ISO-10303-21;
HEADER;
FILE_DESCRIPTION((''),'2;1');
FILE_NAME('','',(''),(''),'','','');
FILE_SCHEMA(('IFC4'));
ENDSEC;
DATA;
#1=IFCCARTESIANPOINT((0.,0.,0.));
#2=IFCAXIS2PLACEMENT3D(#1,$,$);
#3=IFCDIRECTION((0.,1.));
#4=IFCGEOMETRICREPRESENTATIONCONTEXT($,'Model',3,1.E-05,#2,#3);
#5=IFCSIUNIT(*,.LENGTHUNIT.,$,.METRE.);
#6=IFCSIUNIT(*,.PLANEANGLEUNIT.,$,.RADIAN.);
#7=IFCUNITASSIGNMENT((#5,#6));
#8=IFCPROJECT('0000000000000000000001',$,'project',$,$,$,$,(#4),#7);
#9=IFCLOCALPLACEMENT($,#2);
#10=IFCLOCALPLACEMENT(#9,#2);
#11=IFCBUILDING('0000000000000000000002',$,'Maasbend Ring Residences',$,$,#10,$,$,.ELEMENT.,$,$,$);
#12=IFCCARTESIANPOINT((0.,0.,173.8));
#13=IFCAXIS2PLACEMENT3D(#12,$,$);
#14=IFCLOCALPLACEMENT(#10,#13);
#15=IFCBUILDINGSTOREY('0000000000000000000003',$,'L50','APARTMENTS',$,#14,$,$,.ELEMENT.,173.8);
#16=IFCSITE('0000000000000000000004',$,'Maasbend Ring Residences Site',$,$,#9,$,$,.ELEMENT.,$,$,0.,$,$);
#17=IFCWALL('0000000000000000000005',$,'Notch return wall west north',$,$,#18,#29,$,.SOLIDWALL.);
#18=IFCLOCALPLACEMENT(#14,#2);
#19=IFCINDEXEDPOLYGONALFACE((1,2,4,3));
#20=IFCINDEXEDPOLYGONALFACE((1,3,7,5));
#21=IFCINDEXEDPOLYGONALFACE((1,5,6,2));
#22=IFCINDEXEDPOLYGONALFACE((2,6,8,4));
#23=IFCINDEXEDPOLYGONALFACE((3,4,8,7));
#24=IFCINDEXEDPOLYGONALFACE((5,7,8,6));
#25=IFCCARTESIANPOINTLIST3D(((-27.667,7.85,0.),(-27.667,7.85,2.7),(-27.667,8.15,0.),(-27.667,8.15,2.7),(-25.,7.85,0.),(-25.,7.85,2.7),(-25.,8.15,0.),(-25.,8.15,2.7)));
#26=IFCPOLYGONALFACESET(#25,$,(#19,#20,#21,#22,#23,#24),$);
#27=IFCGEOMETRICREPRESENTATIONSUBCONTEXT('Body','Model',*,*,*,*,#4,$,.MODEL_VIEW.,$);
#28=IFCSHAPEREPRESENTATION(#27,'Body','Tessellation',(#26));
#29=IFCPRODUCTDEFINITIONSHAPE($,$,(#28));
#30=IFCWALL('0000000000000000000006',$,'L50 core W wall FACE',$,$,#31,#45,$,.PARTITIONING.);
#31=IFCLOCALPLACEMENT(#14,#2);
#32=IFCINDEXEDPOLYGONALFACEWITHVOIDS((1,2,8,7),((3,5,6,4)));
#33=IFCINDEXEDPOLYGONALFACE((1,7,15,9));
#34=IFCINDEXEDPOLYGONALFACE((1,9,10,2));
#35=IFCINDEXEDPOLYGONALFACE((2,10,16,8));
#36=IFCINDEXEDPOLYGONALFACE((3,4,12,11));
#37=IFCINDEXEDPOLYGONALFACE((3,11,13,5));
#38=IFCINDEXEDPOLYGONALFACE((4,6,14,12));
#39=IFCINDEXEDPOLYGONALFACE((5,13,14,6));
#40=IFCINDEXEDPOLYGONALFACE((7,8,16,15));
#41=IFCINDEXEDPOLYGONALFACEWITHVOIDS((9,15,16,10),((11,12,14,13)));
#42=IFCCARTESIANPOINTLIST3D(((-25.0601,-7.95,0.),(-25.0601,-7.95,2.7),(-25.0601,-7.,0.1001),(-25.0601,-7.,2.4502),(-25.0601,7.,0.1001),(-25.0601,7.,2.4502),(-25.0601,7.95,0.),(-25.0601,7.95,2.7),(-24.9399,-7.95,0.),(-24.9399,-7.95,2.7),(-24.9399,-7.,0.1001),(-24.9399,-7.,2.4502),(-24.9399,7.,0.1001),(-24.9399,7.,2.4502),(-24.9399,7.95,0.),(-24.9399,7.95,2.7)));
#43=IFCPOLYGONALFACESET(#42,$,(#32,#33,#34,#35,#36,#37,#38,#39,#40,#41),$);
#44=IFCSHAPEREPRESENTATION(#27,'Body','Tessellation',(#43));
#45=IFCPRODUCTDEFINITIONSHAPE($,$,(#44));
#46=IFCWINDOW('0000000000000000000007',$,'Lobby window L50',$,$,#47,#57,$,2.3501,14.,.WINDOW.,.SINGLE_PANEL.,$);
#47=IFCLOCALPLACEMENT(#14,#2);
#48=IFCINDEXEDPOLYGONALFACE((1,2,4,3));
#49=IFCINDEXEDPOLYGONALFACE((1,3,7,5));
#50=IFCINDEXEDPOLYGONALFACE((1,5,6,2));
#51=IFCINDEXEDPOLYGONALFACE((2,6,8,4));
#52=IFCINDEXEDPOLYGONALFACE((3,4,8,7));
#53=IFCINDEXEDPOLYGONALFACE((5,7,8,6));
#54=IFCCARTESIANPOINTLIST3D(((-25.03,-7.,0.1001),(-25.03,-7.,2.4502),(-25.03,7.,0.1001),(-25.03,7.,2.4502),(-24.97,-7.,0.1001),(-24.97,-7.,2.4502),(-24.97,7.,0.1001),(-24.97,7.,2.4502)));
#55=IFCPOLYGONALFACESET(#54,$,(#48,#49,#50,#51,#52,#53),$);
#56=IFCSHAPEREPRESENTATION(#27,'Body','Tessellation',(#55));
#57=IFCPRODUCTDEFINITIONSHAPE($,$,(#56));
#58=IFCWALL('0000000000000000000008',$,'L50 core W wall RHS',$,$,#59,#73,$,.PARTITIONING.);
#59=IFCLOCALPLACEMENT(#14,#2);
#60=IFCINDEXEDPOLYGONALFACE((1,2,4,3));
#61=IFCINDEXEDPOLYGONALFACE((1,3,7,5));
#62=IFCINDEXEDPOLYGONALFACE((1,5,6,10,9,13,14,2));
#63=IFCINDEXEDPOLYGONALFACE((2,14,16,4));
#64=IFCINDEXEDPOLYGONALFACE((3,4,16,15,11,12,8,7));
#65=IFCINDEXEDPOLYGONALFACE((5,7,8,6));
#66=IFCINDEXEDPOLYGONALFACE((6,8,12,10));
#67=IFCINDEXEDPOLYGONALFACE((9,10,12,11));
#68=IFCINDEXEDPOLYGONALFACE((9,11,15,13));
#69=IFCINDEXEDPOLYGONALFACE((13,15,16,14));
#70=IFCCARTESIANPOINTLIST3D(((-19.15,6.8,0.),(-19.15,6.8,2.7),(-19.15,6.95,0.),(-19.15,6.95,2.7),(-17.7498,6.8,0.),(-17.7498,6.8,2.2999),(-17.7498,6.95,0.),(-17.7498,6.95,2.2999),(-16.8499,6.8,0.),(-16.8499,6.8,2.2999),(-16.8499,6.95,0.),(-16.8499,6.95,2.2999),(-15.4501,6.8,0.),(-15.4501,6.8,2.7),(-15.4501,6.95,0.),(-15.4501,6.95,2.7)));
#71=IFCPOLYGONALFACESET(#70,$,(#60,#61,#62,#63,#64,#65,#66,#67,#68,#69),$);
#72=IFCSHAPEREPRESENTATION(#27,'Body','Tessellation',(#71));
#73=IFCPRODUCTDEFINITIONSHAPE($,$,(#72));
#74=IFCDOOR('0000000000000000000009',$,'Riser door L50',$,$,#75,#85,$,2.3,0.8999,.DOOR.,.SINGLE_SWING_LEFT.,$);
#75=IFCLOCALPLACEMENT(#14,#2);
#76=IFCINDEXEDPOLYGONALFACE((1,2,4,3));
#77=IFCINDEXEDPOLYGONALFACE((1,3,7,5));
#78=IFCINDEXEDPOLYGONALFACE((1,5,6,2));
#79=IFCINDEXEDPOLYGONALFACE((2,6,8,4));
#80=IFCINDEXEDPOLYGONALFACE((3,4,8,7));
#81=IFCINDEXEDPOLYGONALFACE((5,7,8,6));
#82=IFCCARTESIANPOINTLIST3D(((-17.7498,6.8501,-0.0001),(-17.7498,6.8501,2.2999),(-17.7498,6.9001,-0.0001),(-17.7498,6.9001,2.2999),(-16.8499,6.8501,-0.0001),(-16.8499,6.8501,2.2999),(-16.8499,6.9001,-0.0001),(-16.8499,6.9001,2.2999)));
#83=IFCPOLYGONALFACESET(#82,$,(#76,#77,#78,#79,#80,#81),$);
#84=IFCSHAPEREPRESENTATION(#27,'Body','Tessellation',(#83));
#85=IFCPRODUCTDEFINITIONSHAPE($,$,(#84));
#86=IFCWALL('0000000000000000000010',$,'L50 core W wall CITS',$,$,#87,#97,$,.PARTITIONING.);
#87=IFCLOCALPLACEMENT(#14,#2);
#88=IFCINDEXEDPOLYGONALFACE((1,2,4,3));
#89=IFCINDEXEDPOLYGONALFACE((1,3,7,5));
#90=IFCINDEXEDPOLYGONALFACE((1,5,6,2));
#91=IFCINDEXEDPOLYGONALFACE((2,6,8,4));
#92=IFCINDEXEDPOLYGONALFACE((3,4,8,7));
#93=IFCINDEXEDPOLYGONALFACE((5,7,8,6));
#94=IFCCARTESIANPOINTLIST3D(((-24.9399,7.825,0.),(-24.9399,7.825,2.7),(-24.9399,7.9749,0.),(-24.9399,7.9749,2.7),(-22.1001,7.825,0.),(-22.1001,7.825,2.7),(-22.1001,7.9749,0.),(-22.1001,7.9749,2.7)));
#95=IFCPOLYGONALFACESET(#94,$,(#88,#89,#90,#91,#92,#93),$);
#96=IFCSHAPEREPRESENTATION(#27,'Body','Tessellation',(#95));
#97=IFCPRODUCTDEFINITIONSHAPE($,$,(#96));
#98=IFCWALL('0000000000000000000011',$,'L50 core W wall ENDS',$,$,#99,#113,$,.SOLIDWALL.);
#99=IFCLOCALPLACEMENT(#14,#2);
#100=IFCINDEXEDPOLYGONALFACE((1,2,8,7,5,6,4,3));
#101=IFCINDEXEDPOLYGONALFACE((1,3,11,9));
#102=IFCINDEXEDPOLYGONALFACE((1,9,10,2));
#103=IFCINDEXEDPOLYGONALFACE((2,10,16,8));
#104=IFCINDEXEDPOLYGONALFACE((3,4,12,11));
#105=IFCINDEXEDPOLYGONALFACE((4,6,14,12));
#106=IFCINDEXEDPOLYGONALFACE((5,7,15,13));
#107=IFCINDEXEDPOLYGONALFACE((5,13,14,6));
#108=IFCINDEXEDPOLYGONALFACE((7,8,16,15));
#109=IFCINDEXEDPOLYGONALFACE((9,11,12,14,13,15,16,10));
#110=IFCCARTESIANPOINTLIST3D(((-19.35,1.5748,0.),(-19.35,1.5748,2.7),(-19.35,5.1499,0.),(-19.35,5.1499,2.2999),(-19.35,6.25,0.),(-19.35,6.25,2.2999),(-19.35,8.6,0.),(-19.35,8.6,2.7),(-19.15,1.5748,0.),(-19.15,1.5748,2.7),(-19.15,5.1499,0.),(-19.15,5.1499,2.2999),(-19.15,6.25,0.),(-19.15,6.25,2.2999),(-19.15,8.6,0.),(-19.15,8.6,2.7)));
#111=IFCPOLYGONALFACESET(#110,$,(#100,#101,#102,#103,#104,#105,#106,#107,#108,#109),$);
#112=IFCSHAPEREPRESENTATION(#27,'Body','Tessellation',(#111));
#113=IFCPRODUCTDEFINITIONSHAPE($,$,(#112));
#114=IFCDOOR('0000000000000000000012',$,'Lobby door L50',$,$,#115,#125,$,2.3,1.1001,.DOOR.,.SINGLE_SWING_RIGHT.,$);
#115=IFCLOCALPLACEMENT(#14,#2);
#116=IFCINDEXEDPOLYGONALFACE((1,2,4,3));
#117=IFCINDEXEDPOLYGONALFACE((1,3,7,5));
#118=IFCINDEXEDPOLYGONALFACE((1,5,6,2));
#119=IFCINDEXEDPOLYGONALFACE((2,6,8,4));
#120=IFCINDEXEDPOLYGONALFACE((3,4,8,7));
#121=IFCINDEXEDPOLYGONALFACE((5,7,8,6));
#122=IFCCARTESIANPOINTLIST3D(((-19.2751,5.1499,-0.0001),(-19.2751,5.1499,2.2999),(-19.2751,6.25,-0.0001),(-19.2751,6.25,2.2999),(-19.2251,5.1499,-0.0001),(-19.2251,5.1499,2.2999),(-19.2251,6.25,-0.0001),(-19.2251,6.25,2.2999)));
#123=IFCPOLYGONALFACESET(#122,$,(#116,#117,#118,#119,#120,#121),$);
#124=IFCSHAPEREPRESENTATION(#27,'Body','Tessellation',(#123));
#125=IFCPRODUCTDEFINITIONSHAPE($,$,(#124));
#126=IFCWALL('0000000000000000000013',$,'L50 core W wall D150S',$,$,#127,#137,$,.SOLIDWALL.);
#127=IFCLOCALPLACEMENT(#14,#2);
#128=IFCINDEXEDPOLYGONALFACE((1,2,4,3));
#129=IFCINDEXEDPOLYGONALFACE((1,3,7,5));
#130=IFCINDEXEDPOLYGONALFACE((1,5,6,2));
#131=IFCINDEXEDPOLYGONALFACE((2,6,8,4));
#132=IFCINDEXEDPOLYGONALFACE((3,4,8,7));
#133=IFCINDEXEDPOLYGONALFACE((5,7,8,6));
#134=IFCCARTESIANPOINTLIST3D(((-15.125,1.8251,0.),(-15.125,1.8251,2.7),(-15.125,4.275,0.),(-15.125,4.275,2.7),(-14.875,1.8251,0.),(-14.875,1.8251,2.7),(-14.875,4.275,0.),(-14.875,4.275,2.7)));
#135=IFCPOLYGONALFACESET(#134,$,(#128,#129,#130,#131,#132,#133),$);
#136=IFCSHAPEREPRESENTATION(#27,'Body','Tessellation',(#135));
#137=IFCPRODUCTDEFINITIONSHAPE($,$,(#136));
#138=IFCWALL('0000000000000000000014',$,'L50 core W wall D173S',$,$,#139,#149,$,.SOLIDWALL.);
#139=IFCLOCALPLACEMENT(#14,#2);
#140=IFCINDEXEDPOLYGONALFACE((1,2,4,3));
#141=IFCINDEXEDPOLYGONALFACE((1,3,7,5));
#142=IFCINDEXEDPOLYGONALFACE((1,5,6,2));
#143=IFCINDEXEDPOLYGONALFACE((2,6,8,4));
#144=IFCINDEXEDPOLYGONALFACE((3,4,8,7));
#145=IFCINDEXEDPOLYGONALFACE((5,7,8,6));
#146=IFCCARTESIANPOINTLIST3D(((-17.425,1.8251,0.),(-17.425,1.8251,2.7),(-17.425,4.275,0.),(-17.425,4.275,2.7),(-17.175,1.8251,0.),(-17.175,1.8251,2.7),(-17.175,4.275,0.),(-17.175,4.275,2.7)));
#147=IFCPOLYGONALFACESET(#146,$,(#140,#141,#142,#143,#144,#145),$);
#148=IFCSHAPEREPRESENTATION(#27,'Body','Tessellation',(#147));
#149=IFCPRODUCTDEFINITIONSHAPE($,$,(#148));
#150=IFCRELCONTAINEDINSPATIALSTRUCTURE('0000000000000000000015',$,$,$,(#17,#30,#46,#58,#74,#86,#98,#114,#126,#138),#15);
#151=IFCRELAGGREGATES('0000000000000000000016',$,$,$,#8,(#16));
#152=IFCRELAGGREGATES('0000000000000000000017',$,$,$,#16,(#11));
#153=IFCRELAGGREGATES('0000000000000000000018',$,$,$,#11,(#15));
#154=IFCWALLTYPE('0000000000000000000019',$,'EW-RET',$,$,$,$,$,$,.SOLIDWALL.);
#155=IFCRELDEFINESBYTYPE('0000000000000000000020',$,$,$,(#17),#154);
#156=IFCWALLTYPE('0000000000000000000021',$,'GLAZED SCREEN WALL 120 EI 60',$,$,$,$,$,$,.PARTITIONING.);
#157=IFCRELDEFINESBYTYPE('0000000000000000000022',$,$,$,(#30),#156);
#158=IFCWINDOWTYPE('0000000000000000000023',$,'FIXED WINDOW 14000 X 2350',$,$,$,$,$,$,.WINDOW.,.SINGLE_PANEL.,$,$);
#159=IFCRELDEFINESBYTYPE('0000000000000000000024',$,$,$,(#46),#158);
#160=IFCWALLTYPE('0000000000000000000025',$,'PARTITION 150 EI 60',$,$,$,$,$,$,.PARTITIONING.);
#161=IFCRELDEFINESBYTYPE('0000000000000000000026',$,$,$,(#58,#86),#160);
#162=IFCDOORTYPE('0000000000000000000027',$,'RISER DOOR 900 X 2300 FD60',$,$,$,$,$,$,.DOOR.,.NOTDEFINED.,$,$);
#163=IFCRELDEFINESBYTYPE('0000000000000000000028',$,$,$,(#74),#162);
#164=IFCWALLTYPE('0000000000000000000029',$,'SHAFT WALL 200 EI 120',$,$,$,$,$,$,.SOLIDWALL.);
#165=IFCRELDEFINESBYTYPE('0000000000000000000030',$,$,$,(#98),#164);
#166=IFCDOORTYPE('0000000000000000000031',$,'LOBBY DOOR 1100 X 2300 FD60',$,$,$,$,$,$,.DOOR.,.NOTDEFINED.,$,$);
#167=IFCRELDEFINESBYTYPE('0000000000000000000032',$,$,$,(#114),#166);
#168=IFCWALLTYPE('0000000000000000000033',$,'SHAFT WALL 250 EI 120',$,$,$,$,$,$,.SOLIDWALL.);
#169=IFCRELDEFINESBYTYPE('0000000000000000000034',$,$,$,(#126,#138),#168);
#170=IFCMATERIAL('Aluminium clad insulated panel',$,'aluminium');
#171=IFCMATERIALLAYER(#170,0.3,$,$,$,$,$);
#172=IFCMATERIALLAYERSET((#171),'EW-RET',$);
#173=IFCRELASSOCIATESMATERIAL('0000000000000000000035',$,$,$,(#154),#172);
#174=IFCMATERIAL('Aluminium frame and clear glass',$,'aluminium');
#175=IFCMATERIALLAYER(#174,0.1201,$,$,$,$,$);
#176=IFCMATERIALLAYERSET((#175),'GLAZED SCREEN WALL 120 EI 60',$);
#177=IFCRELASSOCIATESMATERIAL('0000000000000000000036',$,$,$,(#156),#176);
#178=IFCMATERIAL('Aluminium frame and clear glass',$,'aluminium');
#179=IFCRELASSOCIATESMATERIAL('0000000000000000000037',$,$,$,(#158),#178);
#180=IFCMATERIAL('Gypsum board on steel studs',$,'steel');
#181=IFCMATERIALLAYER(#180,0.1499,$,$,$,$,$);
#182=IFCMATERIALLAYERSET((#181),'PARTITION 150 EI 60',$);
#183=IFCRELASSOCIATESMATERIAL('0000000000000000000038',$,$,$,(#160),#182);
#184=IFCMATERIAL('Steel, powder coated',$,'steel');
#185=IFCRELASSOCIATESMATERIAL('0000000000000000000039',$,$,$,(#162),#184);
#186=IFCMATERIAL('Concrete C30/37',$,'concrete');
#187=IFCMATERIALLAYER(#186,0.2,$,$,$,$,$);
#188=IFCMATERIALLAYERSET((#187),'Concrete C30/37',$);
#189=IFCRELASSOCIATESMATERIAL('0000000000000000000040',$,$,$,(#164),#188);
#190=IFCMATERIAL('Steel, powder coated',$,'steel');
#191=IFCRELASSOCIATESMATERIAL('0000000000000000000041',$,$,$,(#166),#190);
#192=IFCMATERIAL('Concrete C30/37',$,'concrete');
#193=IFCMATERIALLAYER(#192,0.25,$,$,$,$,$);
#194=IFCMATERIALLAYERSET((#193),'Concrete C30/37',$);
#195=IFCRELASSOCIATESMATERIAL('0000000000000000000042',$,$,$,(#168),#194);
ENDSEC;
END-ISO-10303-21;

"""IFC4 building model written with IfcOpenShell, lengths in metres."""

from ifc_helpers import new_model, si_unit, direction, frame, frame_2d, origin, place, context, subcontext, project, spatial, rectangle, extrude, material, layer, layer_set, type_object, element, fill, save


model = new_model("IFC4")

# Units and contexts
model_context = context("Model", 3, precision=1e-05, world=origin(), true_north=direction((0.0, 1.0)))
body_context = subcontext(model_context, "Body", "Model", "MODEL_VIEW")
ifc_project = project(units=[si_unit("LENGTHUNIT", "METRE"), si_unit("PLANEANGLEUNIT", "RADIAN")], contexts=[model_context])

# Site, building, storey
site_placement = place(None, origin())
site = spatial("IfcSite", under=ifc_project, at=site_placement, Name="Maasbend Ring Residences Site", CompositionType="ELEMENT", RefElevation=0.0)
building_placement = place(site_placement, origin())
building = spatial("IfcBuilding", under=site, at=building_placement, Name="Maasbend Ring Residences", CompositionType="ELEMENT")
storey_placement = place(building_placement, frame((0.0, 0.0, 173.8)))
storey = spatial("IfcBuildingStorey", under=building, at=storey_placement, Name="L50", Description="APARTMENTS", CompositionType="ELEMENT", Elevation=173.8)

# Wall
ifc_material_1 = material(Name="Aluminium clad insulated panel", Category="aluminium")
ifc_layer_1 = layer(ifc_material_1, 0.3)
ifc_layer_set_1 = layer_set([ifc_layer_1], Name="EW-RET")
wall_type_1 = type_object("IfcWallType", Name="EW-RET", PredefinedType="SOLIDWALL", material=ifc_layer_set_1)
wall_1_placement = place(storey_placement, frame((-25.0, 8.0, 0.0), z_axis=(0.0, 0.0, 1.0), x_axis=(-1.0, 0.0, 0.0)))
element("IfcWall", 1, at=wall_1_placement, inside=storey, type_object=wall_type_1, Name="Notch return wall west north", PredefinedType="SOLIDWALL", context=body_context, shape_type="SweptSolid", body=[
    extrude(rectangle(XDim=2.667, YDim=0.3, at=frame_2d((1.3335, 0.0))), origin(), (0.0, 0.0, 1.0), 2.7),
])

# Wall, opening, window
ifc_material_2 = material(Name="Aluminium frame and clear glass", Category="aluminium")
ifc_layer_2 = layer(ifc_material_2, 0.1201)
ifc_layer_set_2 = layer_set([ifc_layer_2], Name="GLAZED SCREEN WALL 120 EI 60")
wall_type_2 = type_object("IfcWallType", Name="GLAZED SCREEN WALL 120 EI 60", PredefinedType="PARTITIONING", material=ifc_layer_set_2)
wall_2_placement = place(storey_placement, frame((-25.0, 7.95, 0.0), z_axis=(0.0, 0.0, 1.0), x_axis=(0.0, -1.0, 0.0)))
wall_2 = element("IfcWall", 2, at=wall_2_placement, inside=storey, type_object=wall_type_2, Name="L50 core W wall FACE", PredefinedType="PARTITIONING", context=body_context, shape_type="SweptSolid", body=[
    extrude(rectangle(XDim=15.8999, YDim=0.1201, at=frame_2d((7.95, 0.0))), origin(), (0.0, 0.0, 1.0), 2.7),
])
opening_1_placement = place(wall_2_placement, frame((0.95, 0.0, 0.1001)))
opening_1 = element("IfcOpeningElement", 3, at=opening_1_placement, cuts=wall_2, PredefinedType="OPENING", context=body_context, shape_type="SweptSolid", body=[
    extrude(rectangle(XDim=14.0, YDim=2.3501, at=frame_2d((7.0, 1.175))), frame((0.0, 0.0701, 0.0), z_axis=(0.0, -1.0, 0.0), x_axis=(1.0, 0.0, 0.0)), (0.0, 0.0, 1.0), 0.1401),
])
ifc_material_3 = material(Name="Aluminium frame and clear glass", Category="aluminium")
window_type_1 = type_object("IfcWindowType", Name="FIXED WINDOW 14000 X 2350", PartitioningType="SINGLE_PANEL", PredefinedType="WINDOW", material=ifc_material_3)
window_1_placement = place(opening_1_placement, origin())
window_1 = element("IfcWindow", 4, at=window_1_placement, inside=storey, type_object=window_type_1, Name="Lobby window L50", OverallHeight=2.3501, OverallWidth=14.0, PartitioningType="SINGLE_PANEL", PredefinedType="WINDOW", context=body_context, shape_type="SweptSolid", body=[
    extrude(rectangle(XDim=14.0, YDim=2.3501, at=frame_2d((7.0, 1.175))), frame((0.0, 0.03, 0.0), z_axis=(0.0, -1.0, 0.0), x_axis=(1.0, 0.0, 0.0)), (0.0, 0.0, 1.0), 0.0601),
])
fill(opening_1, window_1)

# Wall, opening, door
ifc_material_4 = material(Name="Gypsum board on steel studs", Category="steel")
ifc_layer_3 = layer(ifc_material_4, 0.1499)
ifc_layer_set_3 = layer_set([ifc_layer_3], Name="PARTITION 150 EI 60")
wall_type_3 = type_object("IfcWallType", Name="PARTITION 150 EI 60", PredefinedType="PARTITIONING", material=ifc_layer_set_3)
wall_3_placement = place(storey_placement, frame((-15.45, 6.875, 0.0), z_axis=(0.0, 0.0, 1.0), x_axis=(-1.0, 0.0, 0.0)))
wall_3 = element("IfcWall", 5, at=wall_3_placement, inside=storey, type_object=wall_type_3, Name="L50 core W wall RHS", PredefinedType="PARTITIONING", context=body_context, shape_type="SweptSolid", body=[
    extrude(rectangle(XDim=3.7, YDim=0.1499, at=frame_2d((1.8501, 0.0))), origin(), (0.0, 0.0, 1.0), 2.7),
])
opening_2_placement = place(wall_3_placement, frame((1.3999, 0.0, 0.0)))
opening_2 = element("IfcOpeningElement", 6, at=opening_2_placement, cuts=wall_3, PredefinedType="OPENING", context=body_context, shape_type="SweptSolid", body=[
    extrude(rectangle(XDim=0.8999, YDim=2.3, at=frame_2d((0.45, 1.1499))), frame((0.0, 0.085, 0.0), z_axis=(0.0, -1.0, 0.0), x_axis=(1.0, 0.0, 0.0)), (0.0, 0.0, 1.0), 0.1699),
])
ifc_material_5 = material(Name="Steel, powder coated", Category="steel")
door_type_1 = type_object("IfcDoorType", Name="RISER DOOR 900 X 2300 FD60", OperationType="NOTDEFINED", PredefinedType="DOOR", material=ifc_material_5)
door_1_placement = place(opening_2_placement, origin())
door_1 = element("IfcDoor", 7, at=door_1_placement, inside=storey, type_object=door_type_1, Name="Riser door L50", OperationType="SINGLE_SWING_LEFT", OverallHeight=2.3, OverallWidth=0.8999, PredefinedType="DOOR", context=body_context, shape_type="SweptSolid", body=[
    extrude(rectangle(XDim=0.8999, YDim=2.3, at=frame_2d((0.45, 1.1499))), frame((0.0, 0.0249, 0.0), z_axis=(0.0, -1.0, 0.0), x_axis=(1.0, 0.0, 0.0)), (0.0, 0.0, 1.0), 0.05),
])
fill(opening_2, door_1)

# Wall
wall_4_placement = place(storey_placement, frame((-22.1001, 7.8999, 0.0), z_axis=(0.0, 0.0, 1.0), x_axis=(-1.0, 0.0, 0.0)))
element("IfcWall", 8, at=wall_4_placement, inside=storey, type_object=wall_type_3, Name="L50 core W wall CITS", PredefinedType="PARTITIONING", context=body_context, shape_type="SweptSolid", body=[
    extrude(rectangle(XDim=2.8398, YDim=0.1499, at=frame_2d((1.4199, 0.0))), origin(), (0.0, 0.0, 1.0), 2.7),
])

# Wall, opening, door
ifc_material_6 = material(Name="Concrete C30/37", Category="concrete")
ifc_layer_4 = layer(ifc_material_6, 0.2)
ifc_layer_set_4 = layer_set([ifc_layer_4], Name="Concrete C30/37")
wall_type_4 = type_object("IfcWallType", Name="SHAFT WALL 200 EI 120", PredefinedType="SOLIDWALL", material=ifc_layer_set_4)
wall_5_placement = place(storey_placement, frame((-19.25, 8.6001, 0.0), z_axis=(0.0, 0.0, 1.0), x_axis=(0.0, -1.0, 0.0)))
wall_5 = element("IfcWall", 9, at=wall_5_placement, inside=storey, type_object=wall_type_4, Name="L50 core W wall ENDS", PredefinedType="SOLIDWALL", context=body_context, shape_type="SweptSolid", body=[
    extrude(rectangle(XDim=7.0251, YDim=0.2, at=frame_2d((3.5127, 0.0))), origin(), (0.0, 0.0, 1.0), 2.7),
])
opening_3_placement = place(wall_5_placement, frame((2.3501, 0.0, 0.0)))
opening_3 = element("IfcOpeningElement", 10, at=opening_3_placement, cuts=wall_5, PredefinedType="OPENING", context=body_context, shape_type="SweptSolid", body=[
    extrude(rectangle(XDim=1.1001, YDim=2.3, at=frame_2d((0.55, 1.1499))), frame((0.0, 0.1099, 0.0), z_axis=(0.0, -1.0, 0.0), x_axis=(1.0, 0.0, 0.0)), (0.0, 0.0, 1.0), 0.22),
])
ifc_material_7 = material(Name="Steel, powder coated", Category="steel")
door_type_2 = type_object("IfcDoorType", Name="LOBBY DOOR 1100 X 2300 FD60", OperationType="NOTDEFINED", PredefinedType="DOOR", material=ifc_material_7)
door_2_placement = place(opening_3_placement, origin())
door_2 = element("IfcDoor", 11, at=door_2_placement, inside=storey, type_object=door_type_2, Name="Lobby door L50", OperationType="SINGLE_SWING_RIGHT", OverallHeight=2.3, OverallWidth=1.1001, PredefinedType="DOOR", context=body_context, shape_type="SweptSolid", body=[
    extrude(rectangle(XDim=1.1001, YDim=2.3, at=frame_2d((0.55, 1.1499))), frame((0.0, 0.0249, 0.0), z_axis=(0.0, -1.0, 0.0), x_axis=(1.0, 0.0, 0.0)), (0.0, 0.0, 1.0), 0.05),
])
fill(opening_3, door_2)

# Walls
ifc_material_8 = material(Name="Concrete C30/37", Category="concrete")
ifc_layer_5 = layer(ifc_material_8, 0.25)
ifc_layer_set_5 = layer_set([ifc_layer_5], Name="Concrete C30/37")
wall_type_5 = type_object("IfcWallType", Name="SHAFT WALL 250 EI 120", PredefinedType="SOLIDWALL", material=ifc_layer_set_5)
for number, where, z_axis, x_axis, name in (
    (12, (-15.0, 1.825, 0.0), (0.0, 0.0, 1.0), (0.0, 1.0, 0.0), "L50 core W wall D150S"),
    (13, (-17.3, 1.825, 0.0), (0.0, 0.0, 1.0), (0.0, 1.0, 0.0), "L50 core W wall D173S"),
):
    element("IfcWall", number, at=place(storey_placement, frame(where, z_axis=z_axis, x_axis=x_axis)), inside=storey, type_object=wall_type_5, Name=name, PredefinedType="SOLIDWALL", context=body_context, shape_type="SweptSolid", body=[
        extrude(rectangle(XDim=2.45, YDim=0.25, at=frame_2d((1.2251, 0.0))), origin(), (0.0, 0.0, 1.0), 2.7),
    ])

save(model, "model.ifc")
